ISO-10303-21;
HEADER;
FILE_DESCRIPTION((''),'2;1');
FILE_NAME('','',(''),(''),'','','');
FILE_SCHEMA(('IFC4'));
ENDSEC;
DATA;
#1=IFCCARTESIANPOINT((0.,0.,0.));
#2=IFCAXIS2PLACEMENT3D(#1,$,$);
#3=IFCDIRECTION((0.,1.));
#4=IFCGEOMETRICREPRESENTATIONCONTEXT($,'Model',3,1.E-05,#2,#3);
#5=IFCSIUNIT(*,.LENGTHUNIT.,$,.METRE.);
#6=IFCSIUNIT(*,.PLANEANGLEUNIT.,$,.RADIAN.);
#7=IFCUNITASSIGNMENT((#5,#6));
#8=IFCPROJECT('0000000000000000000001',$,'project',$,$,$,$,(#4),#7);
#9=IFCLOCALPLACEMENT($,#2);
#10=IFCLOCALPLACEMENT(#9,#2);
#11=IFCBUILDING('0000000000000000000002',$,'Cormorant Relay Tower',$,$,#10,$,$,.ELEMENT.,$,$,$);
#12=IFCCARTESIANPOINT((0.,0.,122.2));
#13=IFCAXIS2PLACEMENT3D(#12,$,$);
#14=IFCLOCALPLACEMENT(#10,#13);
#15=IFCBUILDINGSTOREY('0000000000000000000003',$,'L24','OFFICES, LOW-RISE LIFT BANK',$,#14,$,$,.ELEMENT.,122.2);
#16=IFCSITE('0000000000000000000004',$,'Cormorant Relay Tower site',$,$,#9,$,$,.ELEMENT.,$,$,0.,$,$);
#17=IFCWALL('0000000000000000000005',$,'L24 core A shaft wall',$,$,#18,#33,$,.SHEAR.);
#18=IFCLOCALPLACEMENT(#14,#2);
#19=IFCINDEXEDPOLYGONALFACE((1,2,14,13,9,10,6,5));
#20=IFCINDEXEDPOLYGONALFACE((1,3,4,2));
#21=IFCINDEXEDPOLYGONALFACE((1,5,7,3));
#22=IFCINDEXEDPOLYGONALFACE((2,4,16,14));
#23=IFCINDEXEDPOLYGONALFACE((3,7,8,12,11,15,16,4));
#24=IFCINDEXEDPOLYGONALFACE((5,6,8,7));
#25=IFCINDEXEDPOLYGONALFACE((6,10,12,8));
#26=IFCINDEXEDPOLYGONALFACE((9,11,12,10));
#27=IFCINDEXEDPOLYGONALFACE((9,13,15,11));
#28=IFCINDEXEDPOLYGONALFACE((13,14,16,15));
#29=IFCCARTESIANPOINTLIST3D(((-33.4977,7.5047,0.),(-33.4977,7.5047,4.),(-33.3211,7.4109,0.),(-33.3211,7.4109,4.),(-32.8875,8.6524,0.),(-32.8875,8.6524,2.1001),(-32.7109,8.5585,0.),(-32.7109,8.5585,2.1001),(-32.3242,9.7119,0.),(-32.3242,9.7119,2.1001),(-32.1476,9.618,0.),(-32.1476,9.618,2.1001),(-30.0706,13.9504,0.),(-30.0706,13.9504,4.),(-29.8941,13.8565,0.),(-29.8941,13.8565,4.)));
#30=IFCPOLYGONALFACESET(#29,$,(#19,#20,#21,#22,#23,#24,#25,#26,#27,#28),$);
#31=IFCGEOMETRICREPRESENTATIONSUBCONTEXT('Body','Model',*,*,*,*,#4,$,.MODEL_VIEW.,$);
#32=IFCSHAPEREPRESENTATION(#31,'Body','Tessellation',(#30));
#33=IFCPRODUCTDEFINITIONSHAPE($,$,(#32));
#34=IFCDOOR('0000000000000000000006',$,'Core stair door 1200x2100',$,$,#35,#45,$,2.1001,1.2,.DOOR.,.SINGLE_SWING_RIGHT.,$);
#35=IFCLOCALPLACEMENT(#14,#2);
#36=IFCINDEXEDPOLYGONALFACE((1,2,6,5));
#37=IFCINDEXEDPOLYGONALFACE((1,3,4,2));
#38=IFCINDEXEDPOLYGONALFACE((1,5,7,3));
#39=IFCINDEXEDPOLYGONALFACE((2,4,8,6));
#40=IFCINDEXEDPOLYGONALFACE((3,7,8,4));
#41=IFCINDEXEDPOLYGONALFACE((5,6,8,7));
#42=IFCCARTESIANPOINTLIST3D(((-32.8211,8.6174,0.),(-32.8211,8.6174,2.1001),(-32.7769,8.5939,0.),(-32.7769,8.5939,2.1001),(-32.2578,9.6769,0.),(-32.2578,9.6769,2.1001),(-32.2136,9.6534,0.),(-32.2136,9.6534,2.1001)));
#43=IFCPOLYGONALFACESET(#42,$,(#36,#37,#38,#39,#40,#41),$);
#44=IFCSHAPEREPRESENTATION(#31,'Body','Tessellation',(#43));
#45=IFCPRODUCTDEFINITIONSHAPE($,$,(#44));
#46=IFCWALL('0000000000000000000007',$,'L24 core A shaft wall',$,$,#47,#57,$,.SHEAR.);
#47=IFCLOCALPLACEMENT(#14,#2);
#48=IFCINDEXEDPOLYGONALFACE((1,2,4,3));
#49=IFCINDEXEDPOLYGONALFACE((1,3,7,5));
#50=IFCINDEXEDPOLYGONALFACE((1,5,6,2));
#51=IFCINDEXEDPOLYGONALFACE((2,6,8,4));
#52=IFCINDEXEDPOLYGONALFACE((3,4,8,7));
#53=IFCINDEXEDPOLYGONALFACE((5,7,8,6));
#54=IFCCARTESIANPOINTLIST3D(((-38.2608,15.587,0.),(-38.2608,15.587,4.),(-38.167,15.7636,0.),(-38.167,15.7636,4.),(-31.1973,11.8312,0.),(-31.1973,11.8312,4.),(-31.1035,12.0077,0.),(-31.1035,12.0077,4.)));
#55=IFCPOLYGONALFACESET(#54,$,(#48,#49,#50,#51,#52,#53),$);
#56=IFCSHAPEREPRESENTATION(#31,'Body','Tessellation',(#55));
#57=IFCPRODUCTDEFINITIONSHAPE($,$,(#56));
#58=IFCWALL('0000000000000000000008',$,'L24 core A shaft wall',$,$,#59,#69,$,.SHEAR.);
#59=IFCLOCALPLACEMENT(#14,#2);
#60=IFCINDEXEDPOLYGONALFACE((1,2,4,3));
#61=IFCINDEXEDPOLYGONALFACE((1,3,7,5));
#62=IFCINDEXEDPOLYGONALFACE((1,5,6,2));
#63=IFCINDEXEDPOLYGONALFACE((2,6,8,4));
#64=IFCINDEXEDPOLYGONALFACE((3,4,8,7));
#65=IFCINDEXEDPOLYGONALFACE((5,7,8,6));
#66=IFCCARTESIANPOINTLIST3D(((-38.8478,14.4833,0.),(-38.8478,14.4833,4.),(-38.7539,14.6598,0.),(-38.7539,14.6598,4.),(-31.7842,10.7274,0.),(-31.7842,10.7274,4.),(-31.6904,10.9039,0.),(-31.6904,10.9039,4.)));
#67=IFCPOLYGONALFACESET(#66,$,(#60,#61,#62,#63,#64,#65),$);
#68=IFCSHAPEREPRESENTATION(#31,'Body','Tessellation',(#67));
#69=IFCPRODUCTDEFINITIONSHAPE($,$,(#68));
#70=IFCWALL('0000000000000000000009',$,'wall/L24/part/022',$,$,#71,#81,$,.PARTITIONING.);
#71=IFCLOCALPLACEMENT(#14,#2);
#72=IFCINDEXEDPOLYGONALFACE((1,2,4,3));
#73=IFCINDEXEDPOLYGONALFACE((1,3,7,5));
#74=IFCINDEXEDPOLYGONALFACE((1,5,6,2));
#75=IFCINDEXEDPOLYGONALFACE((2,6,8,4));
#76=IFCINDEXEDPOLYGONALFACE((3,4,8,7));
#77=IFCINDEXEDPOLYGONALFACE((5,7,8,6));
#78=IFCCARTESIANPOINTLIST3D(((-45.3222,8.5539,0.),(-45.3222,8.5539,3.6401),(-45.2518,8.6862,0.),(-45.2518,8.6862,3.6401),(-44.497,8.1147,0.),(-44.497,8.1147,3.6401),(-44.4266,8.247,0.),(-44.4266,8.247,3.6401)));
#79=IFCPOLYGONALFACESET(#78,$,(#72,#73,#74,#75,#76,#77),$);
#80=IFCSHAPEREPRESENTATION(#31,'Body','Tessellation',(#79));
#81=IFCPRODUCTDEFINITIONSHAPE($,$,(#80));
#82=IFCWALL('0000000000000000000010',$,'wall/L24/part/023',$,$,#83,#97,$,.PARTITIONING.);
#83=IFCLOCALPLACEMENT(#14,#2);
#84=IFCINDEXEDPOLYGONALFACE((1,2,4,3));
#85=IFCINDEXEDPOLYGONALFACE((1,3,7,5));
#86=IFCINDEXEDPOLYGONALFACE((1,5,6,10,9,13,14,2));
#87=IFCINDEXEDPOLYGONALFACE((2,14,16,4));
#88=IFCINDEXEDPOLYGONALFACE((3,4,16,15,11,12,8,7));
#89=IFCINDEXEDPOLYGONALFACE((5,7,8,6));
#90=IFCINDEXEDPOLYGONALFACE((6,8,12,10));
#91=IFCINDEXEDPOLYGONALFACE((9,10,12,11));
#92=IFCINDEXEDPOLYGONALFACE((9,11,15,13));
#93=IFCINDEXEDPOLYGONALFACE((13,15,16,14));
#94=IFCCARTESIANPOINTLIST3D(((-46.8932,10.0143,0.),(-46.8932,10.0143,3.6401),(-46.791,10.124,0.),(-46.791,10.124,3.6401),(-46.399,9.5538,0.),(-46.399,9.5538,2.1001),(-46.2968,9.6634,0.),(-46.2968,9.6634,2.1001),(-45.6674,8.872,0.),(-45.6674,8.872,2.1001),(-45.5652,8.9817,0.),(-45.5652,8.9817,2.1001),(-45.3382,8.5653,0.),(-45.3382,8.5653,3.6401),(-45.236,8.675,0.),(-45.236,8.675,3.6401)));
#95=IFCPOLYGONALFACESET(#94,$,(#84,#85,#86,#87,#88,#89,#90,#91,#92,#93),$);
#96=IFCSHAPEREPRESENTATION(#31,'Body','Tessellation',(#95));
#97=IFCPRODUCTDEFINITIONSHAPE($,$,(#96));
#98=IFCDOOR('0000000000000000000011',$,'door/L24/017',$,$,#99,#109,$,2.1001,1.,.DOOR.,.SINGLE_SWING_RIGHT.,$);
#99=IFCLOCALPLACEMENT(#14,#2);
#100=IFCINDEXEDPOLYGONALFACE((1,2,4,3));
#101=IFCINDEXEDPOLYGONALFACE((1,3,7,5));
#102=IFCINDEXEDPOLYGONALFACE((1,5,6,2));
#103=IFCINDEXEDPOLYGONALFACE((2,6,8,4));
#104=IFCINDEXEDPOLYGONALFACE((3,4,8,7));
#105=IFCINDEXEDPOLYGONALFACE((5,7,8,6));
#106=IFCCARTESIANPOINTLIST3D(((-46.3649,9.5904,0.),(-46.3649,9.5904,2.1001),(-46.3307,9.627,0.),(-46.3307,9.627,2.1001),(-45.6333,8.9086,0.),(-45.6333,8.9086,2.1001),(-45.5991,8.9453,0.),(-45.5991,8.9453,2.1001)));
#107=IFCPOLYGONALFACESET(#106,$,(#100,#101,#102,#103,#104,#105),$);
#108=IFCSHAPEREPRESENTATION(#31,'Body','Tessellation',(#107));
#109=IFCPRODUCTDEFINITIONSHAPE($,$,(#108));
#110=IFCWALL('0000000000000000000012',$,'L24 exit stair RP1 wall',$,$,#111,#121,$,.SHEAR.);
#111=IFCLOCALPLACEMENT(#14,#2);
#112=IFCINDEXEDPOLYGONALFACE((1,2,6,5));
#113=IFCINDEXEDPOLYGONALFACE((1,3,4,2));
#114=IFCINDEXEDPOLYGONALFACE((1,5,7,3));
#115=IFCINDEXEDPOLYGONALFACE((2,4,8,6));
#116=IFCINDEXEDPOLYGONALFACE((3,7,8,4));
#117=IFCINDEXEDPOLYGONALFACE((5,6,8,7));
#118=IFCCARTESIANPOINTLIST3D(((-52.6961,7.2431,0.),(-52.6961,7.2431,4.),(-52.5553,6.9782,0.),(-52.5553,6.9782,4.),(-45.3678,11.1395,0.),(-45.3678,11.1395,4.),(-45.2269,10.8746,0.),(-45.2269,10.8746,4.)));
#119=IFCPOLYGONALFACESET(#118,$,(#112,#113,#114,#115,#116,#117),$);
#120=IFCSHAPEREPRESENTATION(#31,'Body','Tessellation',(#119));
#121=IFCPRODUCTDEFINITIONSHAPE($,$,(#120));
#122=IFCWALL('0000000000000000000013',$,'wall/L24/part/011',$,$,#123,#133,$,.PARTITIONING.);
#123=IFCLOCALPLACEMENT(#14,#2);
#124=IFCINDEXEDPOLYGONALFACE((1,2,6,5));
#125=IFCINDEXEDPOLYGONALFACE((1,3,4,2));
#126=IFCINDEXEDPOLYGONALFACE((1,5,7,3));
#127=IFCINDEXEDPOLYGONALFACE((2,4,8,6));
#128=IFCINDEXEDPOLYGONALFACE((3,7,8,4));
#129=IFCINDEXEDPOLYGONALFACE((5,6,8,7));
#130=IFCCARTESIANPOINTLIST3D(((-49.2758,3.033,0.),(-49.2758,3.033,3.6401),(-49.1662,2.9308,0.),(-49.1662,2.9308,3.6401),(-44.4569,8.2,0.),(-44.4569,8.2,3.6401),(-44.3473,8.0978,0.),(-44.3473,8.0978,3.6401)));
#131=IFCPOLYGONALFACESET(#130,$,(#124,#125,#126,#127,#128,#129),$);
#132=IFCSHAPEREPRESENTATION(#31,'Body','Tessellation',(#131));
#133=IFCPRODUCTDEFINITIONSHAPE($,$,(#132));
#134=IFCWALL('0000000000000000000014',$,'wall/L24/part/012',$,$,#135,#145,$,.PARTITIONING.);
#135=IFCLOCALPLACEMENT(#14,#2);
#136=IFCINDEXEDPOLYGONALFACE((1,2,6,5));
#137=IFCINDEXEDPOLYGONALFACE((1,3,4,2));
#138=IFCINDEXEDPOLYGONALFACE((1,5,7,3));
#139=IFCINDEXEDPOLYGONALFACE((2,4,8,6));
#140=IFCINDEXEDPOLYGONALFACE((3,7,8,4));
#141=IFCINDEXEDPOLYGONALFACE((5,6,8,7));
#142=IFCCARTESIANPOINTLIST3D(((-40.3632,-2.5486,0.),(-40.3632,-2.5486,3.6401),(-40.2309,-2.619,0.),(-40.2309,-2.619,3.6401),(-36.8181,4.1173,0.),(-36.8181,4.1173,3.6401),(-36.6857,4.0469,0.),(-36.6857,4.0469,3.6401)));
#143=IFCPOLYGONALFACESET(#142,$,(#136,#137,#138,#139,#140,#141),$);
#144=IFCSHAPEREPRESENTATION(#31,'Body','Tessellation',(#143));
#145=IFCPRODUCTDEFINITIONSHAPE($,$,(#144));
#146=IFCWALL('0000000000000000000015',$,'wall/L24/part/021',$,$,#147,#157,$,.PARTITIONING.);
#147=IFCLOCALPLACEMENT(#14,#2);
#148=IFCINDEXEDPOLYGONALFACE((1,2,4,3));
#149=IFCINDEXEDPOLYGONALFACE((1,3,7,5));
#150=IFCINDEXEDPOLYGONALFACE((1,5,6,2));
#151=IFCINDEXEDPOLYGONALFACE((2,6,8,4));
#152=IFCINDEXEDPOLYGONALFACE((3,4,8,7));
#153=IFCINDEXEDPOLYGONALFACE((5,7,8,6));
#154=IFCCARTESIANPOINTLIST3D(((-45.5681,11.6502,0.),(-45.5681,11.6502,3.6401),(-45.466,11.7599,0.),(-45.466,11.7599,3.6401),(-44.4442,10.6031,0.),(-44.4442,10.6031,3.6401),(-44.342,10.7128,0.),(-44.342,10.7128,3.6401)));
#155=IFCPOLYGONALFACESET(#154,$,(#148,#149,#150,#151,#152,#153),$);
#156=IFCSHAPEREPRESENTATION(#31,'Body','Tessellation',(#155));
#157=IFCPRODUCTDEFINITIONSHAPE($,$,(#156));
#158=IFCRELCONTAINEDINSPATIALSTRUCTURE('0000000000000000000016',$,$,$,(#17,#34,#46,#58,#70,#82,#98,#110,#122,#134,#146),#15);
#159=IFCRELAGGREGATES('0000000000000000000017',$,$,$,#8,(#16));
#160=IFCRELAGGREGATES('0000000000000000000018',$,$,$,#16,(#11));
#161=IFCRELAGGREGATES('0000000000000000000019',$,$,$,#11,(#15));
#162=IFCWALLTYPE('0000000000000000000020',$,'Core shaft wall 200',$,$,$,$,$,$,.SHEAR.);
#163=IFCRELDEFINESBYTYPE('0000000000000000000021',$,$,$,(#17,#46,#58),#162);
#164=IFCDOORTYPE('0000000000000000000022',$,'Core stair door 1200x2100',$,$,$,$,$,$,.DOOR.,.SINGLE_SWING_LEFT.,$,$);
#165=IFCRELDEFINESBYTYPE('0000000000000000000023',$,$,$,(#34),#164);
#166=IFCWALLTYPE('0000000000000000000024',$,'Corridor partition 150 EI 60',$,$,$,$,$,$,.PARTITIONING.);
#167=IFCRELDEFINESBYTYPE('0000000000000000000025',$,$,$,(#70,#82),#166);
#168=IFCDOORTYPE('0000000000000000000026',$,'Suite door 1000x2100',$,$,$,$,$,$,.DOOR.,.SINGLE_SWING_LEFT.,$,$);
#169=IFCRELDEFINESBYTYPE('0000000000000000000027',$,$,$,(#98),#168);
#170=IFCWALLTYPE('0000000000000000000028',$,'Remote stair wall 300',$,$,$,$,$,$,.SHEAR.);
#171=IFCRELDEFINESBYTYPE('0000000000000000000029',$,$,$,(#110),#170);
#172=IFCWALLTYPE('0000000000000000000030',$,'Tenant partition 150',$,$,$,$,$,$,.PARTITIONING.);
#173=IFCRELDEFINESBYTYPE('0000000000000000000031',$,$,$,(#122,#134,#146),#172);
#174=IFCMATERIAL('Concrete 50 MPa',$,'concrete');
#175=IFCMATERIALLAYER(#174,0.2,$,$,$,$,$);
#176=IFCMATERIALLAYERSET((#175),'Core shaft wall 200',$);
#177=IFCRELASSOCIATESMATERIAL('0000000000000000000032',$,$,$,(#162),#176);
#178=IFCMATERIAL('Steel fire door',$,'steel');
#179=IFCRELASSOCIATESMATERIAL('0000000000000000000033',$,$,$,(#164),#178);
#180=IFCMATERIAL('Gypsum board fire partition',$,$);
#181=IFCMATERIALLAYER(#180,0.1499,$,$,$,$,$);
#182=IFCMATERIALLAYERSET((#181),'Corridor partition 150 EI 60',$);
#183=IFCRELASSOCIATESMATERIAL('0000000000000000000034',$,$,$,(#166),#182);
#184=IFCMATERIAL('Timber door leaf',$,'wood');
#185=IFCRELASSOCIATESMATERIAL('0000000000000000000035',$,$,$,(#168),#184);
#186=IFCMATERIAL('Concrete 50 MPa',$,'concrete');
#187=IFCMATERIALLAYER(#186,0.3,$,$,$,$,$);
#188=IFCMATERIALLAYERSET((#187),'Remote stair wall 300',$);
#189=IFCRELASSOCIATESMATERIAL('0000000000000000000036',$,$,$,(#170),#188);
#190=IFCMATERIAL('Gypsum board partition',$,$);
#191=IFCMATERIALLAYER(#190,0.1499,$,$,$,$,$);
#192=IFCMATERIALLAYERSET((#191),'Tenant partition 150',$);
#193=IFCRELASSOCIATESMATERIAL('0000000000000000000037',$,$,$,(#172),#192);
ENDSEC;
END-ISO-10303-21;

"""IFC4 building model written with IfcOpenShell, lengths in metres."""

from ifc_helpers import new_model, si_unit, direction, frame, frame_2d, origin, place, context, subcontext, project, spatial, rectangle, extrude, material, layer, layer_set, type_object, element, fill, save


model = new_model("IFC4")

# Units and contexts
model_context = context("Model", 3, precision=1e-05, world=origin(), true_north=direction((0.0, 1.0)))
body_context = subcontext(model_context, "Body", "Model", "MODEL_VIEW")
ifc_project = project(units=[si_unit("LENGTHUNIT", "METRE"), si_unit("PLANEANGLEUNIT", "RADIAN")], contexts=[model_context])

# Site, building, storey
site_placement = place(None, origin())
site = spatial("IfcSite", under=ifc_project, at=site_placement, Name="Cormorant Relay Tower site", CompositionType="ELEMENT", RefElevation=0.0)
building_placement = place(site_placement, origin())
building = spatial("IfcBuilding", under=site, at=building_placement, Name="Cormorant Relay Tower", CompositionType="ELEMENT")
storey_placement = place(building_placement, frame((0.0, 0.0, 122.2)))
storey = spatial("IfcBuildingStorey", under=building, at=storey_placement, Name="L24", Description="OFFICES, LOW-RISE LIFT BANK", CompositionType="ELEMENT", Elevation=122.2)

# Wall, opening, door
ifc_material_1 = material(Name="Concrete 50 MPa", Category="concrete")
ifc_layer_1 = layer(ifc_material_1, 0.2)
ifc_layer_set_1 = layer_set([ifc_layer_1], Name="Core shaft wall 200")
wall_type_1 = type_object("IfcWallType", Name="Core shaft wall 200", PredefinedType="SHEAR", material=ifc_layer_set_1)
wall_1_placement = place(storey_placement, frame((-29.9824, 13.9033, 0.0), z_axis=(0.0, 0.0, 1.0), x_axis=(-0.469454, -0.882957, 0.0)))
wall_1 = element("IfcWall", 1, at=wall_1_placement, inside=storey, type_object=wall_type_1, Name="L24 core A shaft wall", PredefinedType="SHEAR", context=body_context, shape_type="SweptSolid", body=[
    extrude(rectangle(XDim=7.3, YDim=0.2, at=frame_2d((3.6499, 0.0))), origin(), (0.0, 0.0, 1.0), 4.0),
])
opening_1_placement = place(wall_1_placement, frame((4.8, 0.0, 0.0)))
opening_1 = element("IfcOpeningElement", 2, at=opening_1_placement, cuts=wall_1, PredefinedType="OPENING", context=body_context, shape_type="SweptSolid", body=[
    extrude(rectangle(XDim=1.2, YDim=2.1001, at=frame_2d((0.6001, 1.05))), frame((0.0, 0.1099, 0.0), z_axis=(0.0, -1.0, 0.0), x_axis=(1.0, 0.0, 0.0)), (0.0, 0.0, 1.0), 0.22),
])
ifc_material_2 = material(Name="Steel fire door", Category="steel")
door_type_1 = type_object("IfcDoorType", Name="Core stair door 1200x2100", OperationType="SINGLE_SWING_LEFT", PredefinedType="DOOR", material=ifc_material_2)
door_1_placement = place(opening_1_placement, frame((1.2, 0.0, 0.0), z_axis=(0.0, 0.0, 1.0), x_axis=(-1.0, 0.0, 0.0)))
door_1 = element("IfcDoor", 3, at=door_1_placement, inside=storey, type_object=door_type_1, Name="Core stair door 1200x2100", OperationType="SINGLE_SWING_RIGHT", OverallHeight=2.1001, OverallWidth=1.2, PredefinedType="DOOR", context=body_context, shape_type="SweptSolid", body=[
    extrude(rectangle(XDim=1.2, YDim=2.1001, at=frame_2d((0.6001, 1.05))), frame((0.0, 0.0249, 0.0), z_axis=(0.0, -1.0, 0.0), x_axis=(1.0, 0.0, 0.0)), (0.0, 0.0, 1.0), 0.05),
])
fill(opening_1, door_1)

# Walls
for number, where, z_axis, x_axis, name in (
    (4, (-31.1504, 11.9194, 0.0), (0.0, 0.0, 1.0), (-0.88294, 0.469485, 0.0), "L24 core A shaft wall"),
    (5, (-31.7373, 10.8157, 0.0), (0.0, 0.0, 1.0), (-0.88294, 0.469485, 0.0), "L24 core A shaft wall"),
):
    element("IfcWall", number, at=place(storey_placement, frame(where, z_axis=z_axis, x_axis=x_axis)), inside=storey, type_object=wall_type_1, Name=name, PredefinedType="SHEAR", context=body_context, shape_type="SweptSolid", body=[
        extrude(rectangle(XDim=8.0, YDim=0.2, at=frame_2d((4.0, 0.0))), origin(), (0.0, 0.0, 1.0), 4.0),
    ])
ifc_material_3 = material(Name="Gypsum board fire partition")
ifc_layer_2 = layer(ifc_material_3, 0.1499)
ifc_layer_set_2 = layer_set([ifc_layer_2], Name="Corridor partition 150 EI 60")
wall_type_2 = type_object("IfcWallType", Name="Corridor partition 150 EI 60", PredefinedType="PARTITIONING", material=ifc_layer_set_2)
wall_2_placement = place(storey_placement, frame((-44.4619, 8.1809, 0.0), z_axis=(0.0, 0.0, 1.0), x_axis=(-0.88275, 0.469843, 0.0)))
element("IfcWall", 6, at=wall_2_placement, inside=storey, type_object=wall_type_2, Name="wall/L24/part/022", PredefinedType="PARTITIONING", context=body_context, shape_type="SweptSolid", body=[
    extrude(rectangle(XDim=0.9348, YDim=0.1499, at=frame_2d((0.4673, 0.0))), origin(), (0.0, 0.0, 1.0), 3.6401),
])

# Wall, opening, door
wall_3_placement = place(storey_placement, frame((-45.2871, 8.6201, 0.0), z_axis=(0.0, 0.0, 1.0), x_axis=(-0.731594, 0.681741, 0.0)))
wall_3 = element("IfcWall", 7, at=wall_3_placement, inside=storey, type_object=wall_type_2, Name="wall/L24/part/023", PredefinedType="PARTITIONING", context=body_context, shape_type="SweptSolid", body=[
    extrude(rectangle(XDim=2.1255, YDim=0.1499, at=frame_2d((1.0627, 0.0))), origin(), (0.0, 0.0, 1.0), 3.6401),
])
opening_2_placement = place(wall_3_placement, frame((0.45, 0.0, 0.0)))
opening_2 = element("IfcOpeningElement", 8, at=opening_2_placement, cuts=wall_3, PredefinedType="OPENING", context=body_context, shape_type="SweptSolid", body=[
    extrude(rectangle(XDim=1.0, YDim=2.1001, at=frame_2d((0.5, 1.05))), frame((0.0, 0.085, 0.0), z_axis=(0.0, -1.0, 0.0), x_axis=(1.0, 0.0, 0.0)), (0.0, 0.0, 1.0), 0.1699),
])
ifc_material_4 = material(Name="Timber door leaf", Category="wood")
door_type_2 = type_object("IfcDoorType", Name="Suite door 1000x2100", OperationType="SINGLE_SWING_LEFT", PredefinedType="DOOR", material=ifc_material_4)
door_2_placement = place(opening_2_placement, origin())
door_2 = element("IfcDoor", 9, at=door_2_placement, inside=storey, type_object=door_type_2, Name="door/L24/017", OperationType="SINGLE_SWING_RIGHT", OverallHeight=2.1001, OverallWidth=1.0, PredefinedType="DOOR", context=body_context, shape_type="SweptSolid", body=[
    extrude(rectangle(XDim=1.0, YDim=2.1001, at=frame_2d((0.5, 1.05))), frame((0.0, 0.0249, 0.0), z_axis=(0.0, -1.0, 0.0), x_axis=(1.0, 0.0, 0.0)), (0.0, 0.0, 1.0), 0.05),
])
fill(opening_2, door_2)

# Walls
ifc_material_5 = material(Name="Concrete 50 MPa", Category="concrete")
ifc_layer_3 = layer(ifc_material_5, 0.3)
ifc_layer_set_3 = layer_set([ifc_layer_3], Name="Remote stair wall 300")
wall_type_3 = type_object("IfcWallType", Name="Remote stair wall 300", PredefinedType="SHEAR", material=ifc_layer_set_3)
wall_4_placement = place(storey_placement, frame((-45.2974, 11.0071, 0.0), z_axis=(0.0, 0.0, 1.0), x_axis=(-0.882952, -0.469464, 0.0)))
element("IfcWall", 10, at=wall_4_placement, inside=storey, type_object=wall_type_3, Name="L24 exit stair RP1 wall", PredefinedType="SHEAR", context=body_context, shape_type="SweptSolid", body=[
    extrude(rectangle(XDim=8.2998, YDim=0.3, at=frame_2d((4.1499, 0.0))), origin(), (0.0, 0.0, 1.0), 4.0),
])
ifc_material_6 = material(Name="Gypsum board partition")
ifc_layer_4 = layer(ifc_material_6, 0.1499)
ifc_layer_set_4 = layer_set([ifc_layer_4], Name="Tenant partition 150")
wall_type_4 = type_object("IfcWallType", Name="Tenant partition 150", PredefinedType="PARTITIONING", material=ifc_layer_set_4)
wall_5_placement = place(storey_placement, frame((-44.4021, 8.1489, 0.0), z_axis=(0.0, 0.0, 1.0), x_axis=(-0.68204, -0.731315, 0.0)))
element("IfcWall", 11, at=wall_5_placement, inside=storey, type_object=wall_type_4, Name="wall/L24/part/011", PredefinedType="PARTITIONING", context=body_context, shape_type="SweptSolid", body=[
    extrude(rectangle(XDim=7.0654, YDim=0.1499, at=frame_2d((3.5327, 0.0))), origin(), (0.0, 0.0, 1.0), 3.6401),
])
wall_6_placement = place(storey_placement, frame((-36.752, 4.082, 0.0), z_axis=(0.0, 0.0, 1.0), x_axis=(-0.469552, -0.882905, 0.0)))
element("IfcWall", 12, at=wall_6_placement, inside=storey, type_object=wall_type_4, Name="wall/L24/part/012", PredefinedType="PARTITIONING", context=body_context, shape_type="SweptSolid", body=[
    extrude(rectangle(XDim=7.55, YDim=0.1499, at=frame_2d((3.7749, 0.0))), origin(), (0.0, 0.0, 1.0), 3.6401),
])
wall_7_placement = place(storey_placement, frame((-44.3931, 10.658, 0.0), z_axis=(0.0, 0.0, 1.0), x_axis=(-0.731694, 0.681633, 0.0)))
element("IfcWall", 13, at=wall_7_placement, inside=storey, type_object=wall_type_4, Name="wall/L24/part/021", PredefinedType="PARTITIONING", context=body_context, shape_type="SweptSolid", body=[
    extrude(rectangle(XDim=1.5361, YDim=0.1499, at=frame_2d((0.7681, 0.0))), origin(), (0.0, 0.0, 1.0), 3.6401),
])

save(model, "model.ifc")
